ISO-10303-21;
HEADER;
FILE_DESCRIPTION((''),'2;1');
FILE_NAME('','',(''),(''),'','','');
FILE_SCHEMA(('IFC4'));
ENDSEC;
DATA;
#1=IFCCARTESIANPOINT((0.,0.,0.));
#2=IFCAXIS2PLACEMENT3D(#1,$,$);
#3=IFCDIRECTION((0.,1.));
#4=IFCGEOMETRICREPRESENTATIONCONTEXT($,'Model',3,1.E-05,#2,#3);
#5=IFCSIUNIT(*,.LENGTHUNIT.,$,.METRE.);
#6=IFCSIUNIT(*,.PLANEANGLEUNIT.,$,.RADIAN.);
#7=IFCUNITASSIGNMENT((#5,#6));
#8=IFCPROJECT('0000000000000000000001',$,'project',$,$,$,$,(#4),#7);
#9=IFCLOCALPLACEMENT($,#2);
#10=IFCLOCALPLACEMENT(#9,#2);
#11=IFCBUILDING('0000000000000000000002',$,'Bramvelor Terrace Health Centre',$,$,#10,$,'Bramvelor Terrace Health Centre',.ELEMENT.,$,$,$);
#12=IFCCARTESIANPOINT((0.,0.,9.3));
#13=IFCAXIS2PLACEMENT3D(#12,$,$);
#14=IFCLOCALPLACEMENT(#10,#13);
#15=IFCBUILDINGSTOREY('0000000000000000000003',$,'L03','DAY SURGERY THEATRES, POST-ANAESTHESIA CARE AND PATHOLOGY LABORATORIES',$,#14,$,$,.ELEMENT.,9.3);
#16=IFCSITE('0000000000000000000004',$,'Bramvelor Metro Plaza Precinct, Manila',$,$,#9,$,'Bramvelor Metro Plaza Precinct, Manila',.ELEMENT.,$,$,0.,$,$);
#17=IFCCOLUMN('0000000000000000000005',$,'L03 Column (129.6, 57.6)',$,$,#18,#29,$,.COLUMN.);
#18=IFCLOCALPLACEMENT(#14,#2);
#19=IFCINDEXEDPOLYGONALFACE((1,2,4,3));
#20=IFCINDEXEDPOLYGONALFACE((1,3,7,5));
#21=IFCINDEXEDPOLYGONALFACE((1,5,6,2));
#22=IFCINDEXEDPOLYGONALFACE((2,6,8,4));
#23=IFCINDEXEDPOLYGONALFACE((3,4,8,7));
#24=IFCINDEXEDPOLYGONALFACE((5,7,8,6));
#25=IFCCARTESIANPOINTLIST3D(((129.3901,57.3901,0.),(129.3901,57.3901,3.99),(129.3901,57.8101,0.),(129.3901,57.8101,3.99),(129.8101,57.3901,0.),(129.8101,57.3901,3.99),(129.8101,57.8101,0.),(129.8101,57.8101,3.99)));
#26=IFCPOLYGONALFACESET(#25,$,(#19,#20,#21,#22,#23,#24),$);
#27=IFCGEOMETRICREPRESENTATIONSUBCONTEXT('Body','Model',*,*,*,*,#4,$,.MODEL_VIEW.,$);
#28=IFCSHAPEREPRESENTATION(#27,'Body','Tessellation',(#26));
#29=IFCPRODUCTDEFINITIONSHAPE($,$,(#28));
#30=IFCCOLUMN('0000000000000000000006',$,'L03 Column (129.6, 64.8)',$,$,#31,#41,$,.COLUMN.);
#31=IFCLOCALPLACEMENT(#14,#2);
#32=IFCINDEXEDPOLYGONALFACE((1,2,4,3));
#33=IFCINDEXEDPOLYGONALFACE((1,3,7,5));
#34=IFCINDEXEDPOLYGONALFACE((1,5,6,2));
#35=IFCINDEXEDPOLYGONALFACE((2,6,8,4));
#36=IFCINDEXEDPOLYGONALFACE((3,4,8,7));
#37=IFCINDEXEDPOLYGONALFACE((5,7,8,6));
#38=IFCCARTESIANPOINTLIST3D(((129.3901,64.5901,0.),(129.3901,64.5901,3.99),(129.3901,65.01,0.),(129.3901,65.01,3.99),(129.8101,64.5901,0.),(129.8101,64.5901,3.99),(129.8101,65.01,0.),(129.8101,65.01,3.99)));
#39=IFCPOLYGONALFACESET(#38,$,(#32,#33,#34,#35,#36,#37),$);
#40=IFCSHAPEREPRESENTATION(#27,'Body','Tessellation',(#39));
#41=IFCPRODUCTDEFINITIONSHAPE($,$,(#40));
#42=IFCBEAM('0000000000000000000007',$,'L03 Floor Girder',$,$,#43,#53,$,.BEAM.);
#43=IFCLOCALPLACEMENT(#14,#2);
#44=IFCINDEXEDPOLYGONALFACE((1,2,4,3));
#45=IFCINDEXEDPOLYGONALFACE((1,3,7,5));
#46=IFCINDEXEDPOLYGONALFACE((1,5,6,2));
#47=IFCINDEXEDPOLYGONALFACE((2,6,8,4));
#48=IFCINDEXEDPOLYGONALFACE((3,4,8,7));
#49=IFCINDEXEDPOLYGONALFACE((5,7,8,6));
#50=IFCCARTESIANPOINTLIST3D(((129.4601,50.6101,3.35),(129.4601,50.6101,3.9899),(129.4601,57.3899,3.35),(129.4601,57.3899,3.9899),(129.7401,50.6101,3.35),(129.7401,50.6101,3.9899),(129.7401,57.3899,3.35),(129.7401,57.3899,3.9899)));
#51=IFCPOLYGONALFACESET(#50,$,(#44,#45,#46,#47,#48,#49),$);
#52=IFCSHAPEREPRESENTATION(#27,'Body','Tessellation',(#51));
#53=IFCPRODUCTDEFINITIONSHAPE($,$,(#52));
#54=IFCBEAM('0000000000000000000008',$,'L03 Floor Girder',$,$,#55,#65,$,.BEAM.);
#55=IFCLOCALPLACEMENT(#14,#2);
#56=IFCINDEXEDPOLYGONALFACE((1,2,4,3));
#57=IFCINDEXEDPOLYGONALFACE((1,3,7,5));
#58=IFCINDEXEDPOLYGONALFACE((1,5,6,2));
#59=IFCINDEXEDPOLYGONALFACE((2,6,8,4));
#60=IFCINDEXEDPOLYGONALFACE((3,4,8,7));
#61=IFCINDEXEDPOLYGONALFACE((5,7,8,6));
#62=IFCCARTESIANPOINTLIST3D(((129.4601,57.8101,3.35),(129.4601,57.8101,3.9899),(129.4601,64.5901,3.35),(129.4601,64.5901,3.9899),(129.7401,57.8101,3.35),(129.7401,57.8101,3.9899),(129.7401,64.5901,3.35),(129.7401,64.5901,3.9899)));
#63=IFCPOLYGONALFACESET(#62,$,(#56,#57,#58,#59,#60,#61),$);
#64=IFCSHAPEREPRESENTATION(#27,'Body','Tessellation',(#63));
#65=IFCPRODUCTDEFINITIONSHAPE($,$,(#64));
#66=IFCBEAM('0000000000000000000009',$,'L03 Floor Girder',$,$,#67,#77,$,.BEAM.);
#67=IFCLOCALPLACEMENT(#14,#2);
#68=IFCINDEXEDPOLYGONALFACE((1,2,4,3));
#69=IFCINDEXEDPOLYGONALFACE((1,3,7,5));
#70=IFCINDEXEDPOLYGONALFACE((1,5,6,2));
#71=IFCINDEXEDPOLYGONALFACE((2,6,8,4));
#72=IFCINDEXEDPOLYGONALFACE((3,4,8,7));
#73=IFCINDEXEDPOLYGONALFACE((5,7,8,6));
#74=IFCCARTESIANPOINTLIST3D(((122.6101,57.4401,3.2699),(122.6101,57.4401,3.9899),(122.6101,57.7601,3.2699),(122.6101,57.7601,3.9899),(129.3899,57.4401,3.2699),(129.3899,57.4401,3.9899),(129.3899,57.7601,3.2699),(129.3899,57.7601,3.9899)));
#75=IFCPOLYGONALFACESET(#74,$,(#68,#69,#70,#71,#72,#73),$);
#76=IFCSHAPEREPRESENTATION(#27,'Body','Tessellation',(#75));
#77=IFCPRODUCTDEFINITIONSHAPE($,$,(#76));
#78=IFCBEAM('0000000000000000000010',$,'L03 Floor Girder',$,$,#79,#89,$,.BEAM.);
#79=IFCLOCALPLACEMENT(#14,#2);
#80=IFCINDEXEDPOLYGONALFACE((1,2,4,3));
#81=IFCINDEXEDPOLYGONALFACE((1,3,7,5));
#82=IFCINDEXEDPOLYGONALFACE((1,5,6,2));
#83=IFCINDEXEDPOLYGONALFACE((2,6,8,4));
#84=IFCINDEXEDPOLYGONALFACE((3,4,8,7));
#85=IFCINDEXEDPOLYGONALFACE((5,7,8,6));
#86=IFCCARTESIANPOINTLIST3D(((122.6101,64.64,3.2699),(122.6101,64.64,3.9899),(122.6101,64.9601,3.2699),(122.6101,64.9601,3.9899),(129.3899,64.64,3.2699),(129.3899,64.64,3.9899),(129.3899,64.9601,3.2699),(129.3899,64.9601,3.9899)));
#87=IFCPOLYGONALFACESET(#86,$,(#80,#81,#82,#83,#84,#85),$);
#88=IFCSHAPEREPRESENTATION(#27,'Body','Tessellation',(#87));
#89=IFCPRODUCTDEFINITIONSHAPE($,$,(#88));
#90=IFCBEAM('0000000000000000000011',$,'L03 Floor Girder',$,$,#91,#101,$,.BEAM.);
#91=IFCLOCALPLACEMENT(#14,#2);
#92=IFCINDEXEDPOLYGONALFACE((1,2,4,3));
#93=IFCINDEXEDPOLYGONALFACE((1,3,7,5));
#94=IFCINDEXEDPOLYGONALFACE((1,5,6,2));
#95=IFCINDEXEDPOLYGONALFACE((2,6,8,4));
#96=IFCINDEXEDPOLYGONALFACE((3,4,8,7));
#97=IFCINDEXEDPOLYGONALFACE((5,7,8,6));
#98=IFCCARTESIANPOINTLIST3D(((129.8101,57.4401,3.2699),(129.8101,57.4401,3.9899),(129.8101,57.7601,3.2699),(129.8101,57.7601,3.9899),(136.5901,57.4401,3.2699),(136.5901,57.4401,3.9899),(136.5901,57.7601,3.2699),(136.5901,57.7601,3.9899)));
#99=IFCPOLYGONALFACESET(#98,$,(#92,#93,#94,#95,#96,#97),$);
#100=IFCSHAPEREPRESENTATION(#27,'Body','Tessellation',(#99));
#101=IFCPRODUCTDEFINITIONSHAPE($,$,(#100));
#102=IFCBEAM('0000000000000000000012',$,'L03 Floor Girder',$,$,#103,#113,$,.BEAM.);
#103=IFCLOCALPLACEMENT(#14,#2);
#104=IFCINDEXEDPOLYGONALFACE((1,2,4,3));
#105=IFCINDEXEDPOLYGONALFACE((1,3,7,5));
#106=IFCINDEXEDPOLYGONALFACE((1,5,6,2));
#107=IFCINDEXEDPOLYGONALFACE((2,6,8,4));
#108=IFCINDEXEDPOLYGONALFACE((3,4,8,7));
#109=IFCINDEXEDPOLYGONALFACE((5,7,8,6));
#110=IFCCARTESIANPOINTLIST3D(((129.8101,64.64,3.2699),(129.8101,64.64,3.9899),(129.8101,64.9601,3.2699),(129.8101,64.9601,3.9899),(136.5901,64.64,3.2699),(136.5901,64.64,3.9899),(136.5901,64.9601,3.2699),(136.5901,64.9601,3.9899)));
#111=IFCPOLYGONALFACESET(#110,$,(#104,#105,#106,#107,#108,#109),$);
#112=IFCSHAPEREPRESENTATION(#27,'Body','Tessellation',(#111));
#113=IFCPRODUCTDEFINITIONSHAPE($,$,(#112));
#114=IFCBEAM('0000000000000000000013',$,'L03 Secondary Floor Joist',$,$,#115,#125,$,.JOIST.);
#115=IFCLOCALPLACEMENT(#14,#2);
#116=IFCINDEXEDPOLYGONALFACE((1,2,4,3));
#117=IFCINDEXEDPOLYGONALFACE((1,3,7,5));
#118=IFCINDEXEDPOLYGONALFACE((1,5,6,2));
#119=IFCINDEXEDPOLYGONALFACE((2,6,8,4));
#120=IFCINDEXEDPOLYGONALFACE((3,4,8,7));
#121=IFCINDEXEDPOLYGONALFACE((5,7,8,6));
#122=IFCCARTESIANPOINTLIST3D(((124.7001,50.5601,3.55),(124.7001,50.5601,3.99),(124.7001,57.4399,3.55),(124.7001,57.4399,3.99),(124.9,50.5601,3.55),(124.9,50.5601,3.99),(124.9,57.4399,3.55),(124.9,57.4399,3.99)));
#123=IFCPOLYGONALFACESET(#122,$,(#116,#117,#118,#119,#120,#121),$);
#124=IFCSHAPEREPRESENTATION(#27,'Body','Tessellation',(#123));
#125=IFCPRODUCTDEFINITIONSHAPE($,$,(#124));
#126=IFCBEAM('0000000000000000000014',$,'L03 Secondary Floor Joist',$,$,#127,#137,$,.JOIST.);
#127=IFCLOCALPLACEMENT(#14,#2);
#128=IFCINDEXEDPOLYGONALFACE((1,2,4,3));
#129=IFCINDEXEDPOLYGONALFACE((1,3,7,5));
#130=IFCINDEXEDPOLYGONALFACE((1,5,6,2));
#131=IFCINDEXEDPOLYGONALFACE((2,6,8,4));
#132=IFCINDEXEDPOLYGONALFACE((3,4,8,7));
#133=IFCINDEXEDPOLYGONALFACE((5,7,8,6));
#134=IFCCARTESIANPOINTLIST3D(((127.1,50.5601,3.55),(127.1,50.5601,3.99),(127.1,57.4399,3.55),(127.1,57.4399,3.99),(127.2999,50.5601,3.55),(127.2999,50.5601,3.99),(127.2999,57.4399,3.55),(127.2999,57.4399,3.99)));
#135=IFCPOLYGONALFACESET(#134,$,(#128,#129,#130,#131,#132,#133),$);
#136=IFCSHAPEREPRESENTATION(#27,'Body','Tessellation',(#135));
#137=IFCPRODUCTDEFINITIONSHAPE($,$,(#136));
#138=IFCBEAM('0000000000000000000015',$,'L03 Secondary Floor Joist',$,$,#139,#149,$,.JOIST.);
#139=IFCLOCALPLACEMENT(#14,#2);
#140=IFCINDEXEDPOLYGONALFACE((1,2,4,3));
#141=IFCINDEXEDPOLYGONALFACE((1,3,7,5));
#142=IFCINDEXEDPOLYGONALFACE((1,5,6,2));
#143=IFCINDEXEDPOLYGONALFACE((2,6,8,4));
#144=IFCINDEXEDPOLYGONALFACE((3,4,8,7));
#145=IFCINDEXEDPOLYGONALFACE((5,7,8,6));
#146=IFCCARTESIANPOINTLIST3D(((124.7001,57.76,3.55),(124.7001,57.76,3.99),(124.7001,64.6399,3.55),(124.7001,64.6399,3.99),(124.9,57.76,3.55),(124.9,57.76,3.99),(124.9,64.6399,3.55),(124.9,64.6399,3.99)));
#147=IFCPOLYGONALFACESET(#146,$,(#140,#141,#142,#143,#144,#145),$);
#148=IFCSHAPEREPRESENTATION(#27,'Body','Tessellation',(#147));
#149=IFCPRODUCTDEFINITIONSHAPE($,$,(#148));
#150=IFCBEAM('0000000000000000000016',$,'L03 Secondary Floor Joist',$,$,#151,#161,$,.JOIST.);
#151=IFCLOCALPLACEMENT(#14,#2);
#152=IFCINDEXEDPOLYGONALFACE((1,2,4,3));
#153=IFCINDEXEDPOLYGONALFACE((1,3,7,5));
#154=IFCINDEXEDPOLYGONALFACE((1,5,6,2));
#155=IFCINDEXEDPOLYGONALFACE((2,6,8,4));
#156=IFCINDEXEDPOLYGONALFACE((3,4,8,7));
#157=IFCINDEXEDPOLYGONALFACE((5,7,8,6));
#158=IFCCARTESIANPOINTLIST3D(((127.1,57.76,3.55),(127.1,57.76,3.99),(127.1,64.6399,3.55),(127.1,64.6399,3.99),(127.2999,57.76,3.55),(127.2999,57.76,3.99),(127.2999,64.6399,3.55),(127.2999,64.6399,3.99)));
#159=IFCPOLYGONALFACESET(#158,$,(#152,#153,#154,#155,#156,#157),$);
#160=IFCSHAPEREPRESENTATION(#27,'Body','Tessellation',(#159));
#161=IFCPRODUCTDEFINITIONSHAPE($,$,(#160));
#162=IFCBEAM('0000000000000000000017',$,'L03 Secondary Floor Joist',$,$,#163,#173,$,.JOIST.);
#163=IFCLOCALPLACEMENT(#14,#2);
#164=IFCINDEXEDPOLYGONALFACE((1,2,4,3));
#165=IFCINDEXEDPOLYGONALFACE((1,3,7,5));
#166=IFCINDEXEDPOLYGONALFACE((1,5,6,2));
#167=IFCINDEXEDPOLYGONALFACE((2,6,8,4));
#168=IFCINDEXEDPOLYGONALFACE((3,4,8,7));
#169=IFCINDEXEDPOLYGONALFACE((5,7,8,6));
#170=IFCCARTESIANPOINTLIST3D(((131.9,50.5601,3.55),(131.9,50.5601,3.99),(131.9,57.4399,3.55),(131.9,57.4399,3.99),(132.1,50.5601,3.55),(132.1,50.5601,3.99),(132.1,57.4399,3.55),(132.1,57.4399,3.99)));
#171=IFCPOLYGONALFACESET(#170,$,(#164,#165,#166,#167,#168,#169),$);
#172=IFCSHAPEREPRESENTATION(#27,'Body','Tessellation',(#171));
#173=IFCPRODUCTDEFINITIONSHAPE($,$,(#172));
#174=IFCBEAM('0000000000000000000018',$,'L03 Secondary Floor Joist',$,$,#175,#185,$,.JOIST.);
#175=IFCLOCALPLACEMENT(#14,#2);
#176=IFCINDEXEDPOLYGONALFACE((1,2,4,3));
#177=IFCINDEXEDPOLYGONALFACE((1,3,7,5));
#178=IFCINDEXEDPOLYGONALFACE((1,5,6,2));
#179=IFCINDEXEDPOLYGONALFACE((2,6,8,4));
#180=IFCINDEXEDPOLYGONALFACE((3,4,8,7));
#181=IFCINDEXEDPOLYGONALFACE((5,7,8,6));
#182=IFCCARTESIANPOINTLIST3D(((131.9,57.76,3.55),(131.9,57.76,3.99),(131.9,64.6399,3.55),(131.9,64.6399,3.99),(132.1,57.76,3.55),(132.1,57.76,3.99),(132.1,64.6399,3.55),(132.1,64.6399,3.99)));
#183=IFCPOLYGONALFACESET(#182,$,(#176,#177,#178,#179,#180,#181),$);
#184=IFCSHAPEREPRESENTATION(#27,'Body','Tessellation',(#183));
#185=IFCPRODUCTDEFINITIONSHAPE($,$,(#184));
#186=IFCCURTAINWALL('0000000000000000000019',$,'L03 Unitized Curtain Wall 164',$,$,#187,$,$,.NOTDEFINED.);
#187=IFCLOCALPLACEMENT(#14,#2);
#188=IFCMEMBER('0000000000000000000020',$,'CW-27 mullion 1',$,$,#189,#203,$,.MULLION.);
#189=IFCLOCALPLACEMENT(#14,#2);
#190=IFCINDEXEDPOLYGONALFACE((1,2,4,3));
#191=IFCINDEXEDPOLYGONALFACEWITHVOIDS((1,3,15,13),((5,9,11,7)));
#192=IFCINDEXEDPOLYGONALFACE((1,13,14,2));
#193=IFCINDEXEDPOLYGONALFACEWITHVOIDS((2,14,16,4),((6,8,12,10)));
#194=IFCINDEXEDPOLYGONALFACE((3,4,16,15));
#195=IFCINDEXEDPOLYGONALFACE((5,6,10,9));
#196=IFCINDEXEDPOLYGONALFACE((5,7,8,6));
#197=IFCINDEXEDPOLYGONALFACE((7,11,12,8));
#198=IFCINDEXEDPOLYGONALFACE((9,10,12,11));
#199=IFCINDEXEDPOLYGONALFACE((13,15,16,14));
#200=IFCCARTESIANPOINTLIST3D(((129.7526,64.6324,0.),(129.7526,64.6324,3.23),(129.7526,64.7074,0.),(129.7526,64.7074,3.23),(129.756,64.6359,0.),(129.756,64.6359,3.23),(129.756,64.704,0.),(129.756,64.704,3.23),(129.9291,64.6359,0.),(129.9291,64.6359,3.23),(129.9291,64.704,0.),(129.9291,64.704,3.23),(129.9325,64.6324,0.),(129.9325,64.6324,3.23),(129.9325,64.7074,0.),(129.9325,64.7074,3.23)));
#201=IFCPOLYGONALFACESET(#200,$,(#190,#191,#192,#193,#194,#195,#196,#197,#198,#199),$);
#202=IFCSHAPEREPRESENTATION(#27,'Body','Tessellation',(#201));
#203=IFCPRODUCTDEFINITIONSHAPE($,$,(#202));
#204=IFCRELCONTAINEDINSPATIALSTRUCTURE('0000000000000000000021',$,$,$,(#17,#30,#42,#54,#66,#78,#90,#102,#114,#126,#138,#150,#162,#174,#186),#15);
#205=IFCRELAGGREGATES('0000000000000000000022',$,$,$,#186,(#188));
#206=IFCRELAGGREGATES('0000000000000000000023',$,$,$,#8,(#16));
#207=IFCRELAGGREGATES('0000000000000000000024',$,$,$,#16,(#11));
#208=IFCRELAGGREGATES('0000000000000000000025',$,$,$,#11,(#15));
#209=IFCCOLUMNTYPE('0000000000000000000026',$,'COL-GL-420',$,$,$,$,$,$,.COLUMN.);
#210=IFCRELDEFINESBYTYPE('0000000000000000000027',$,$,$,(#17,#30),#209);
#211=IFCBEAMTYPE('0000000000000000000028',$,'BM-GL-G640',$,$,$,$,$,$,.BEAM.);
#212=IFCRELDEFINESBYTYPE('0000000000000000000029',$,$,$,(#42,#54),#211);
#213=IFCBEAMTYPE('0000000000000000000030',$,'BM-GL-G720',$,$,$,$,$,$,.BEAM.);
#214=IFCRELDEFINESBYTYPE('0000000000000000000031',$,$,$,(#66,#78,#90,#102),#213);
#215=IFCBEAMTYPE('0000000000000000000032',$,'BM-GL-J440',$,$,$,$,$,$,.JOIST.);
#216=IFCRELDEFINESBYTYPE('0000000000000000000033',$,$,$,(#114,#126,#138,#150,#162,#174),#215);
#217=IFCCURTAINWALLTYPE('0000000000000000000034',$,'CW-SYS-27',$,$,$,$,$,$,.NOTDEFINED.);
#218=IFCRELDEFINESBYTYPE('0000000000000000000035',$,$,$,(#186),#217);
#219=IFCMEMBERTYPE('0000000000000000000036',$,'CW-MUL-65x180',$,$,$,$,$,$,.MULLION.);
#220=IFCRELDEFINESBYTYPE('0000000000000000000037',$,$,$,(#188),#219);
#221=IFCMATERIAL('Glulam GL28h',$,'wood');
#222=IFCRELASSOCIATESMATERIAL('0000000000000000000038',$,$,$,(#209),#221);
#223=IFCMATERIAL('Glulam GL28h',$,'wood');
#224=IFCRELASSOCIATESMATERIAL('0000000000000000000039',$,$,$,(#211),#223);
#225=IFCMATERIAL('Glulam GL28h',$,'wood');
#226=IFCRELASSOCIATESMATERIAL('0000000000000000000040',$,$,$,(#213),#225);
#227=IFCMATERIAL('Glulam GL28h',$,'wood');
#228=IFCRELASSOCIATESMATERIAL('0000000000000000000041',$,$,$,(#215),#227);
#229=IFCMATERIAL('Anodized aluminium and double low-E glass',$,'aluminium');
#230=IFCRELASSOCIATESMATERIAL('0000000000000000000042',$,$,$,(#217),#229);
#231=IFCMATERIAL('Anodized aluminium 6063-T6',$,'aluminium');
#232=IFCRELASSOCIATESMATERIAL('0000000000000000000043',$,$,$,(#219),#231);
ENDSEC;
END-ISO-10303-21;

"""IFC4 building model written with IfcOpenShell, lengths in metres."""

from ifc_helpers import new_model, si_unit, direction, frame, origin, origin_2d, place, context, subcontext, project, spatial, rectangle, hollow_rectangle, extrude, material, material_profile, profile_set, type_object, element, aggregate, save


model = new_model("IFC4")

# Units and contexts
model_context = context("Model", 3, precision=1e-05, world=origin(), true_north=direction((0.0, 1.0)))
body_context = subcontext(model_context, "Body", "Model", "MODEL_VIEW")
ifc_project = project(units=[si_unit("LENGTHUNIT", "METRE"), si_unit("PLANEANGLEUNIT", "RADIAN")], contexts=[model_context])

# Site, building, storey
site_placement = place(None, origin())
site = spatial("IfcSite", under=ifc_project, at=site_placement, Name="Bramvelor Metro Plaza Precinct, Manila", LongName="Bramvelor Metro Plaza Precinct, Manila", CompositionType="ELEMENT", RefElevation=0.0)
building_placement = place(site_placement, origin())
building = spatial("IfcBuilding", under=site, at=building_placement, Name="Bramvelor Terrace Health Centre", LongName="Bramvelor Terrace Health Centre", CompositionType="ELEMENT")
storey_placement = place(building_placement, frame((0.0, 0.0, 9.3)))
storey = spatial("IfcBuildingStorey", under=building, at=storey_placement, Name="L03", Description="DAY SURGERY THEATRES, POST-ANAESTHESIA CARE AND PATHOLOGY LABORATORIES", CompositionType="ELEMENT", Elevation=9.3)

# Columns
ifc_material_1 = material(Name="Glulam GL28h", Category="wood")
ifc_material_profile_1 = material_profile(ifc_material_1, rectangle(XDim=0.4199, YDim=0.4199, at=origin_2d()), Name="GL 420x420")
ifc_profile_set_1 = profile_set([ifc_material_profile_1], Name="Glulam GL28h")
column_type = type_object("IfcColumnType", Name="COL-GL-420", PredefinedType="COLUMN", material=ifc_profile_set_1)
for number, where, z_axis, x_axis, name in (
    (1, (129.6001, 57.6001, 0.0), (0.0, 0.0, 1.0), (1.0, 0.0, 0.0), "L03 Column (129.6, 57.6)"),
    (2, (129.6001, 64.8, 0.0), (0.0, 0.0, 1.0), (1.0, 0.0, 0.0), "L03 Column (129.6, 64.8)"),
):
    element("IfcColumn", number, at=place(storey_placement, frame(where, z_axis=z_axis, x_axis=x_axis)), inside=storey, type_object=column_type, Name=name, PredefinedType="COLUMN", context=body_context, shape_type="SweptSolid", body=[
        extrude(rectangle(XDim=0.4199, YDim=0.4199, at=origin_2d()), origin(), (0.0, 0.0, 1.0), 3.99),
    ])

# Beams
ifc_material_2 = material(Name="Glulam GL28h", Category="wood")
ifc_material_profile_2 = material_profile(ifc_material_2, rectangle(XDim=0.28, YDim=0.6399, at=origin_2d()), Name="GL 280x640")
ifc_profile_set_2 = profile_set([ifc_material_profile_2], Name="Glulam GL28h")
beam_type_1 = type_object("IfcBeamType", Name="BM-GL-G640", PredefinedType="BEAM", material=ifc_profile_set_2)
beam_1_placement = place(storey_placement, frame((129.6001, 50.6101, 3.6699), z_axis=(0.0, 1.0, 0.0), x_axis=(-1.0, 0.0, 0.0)))
element("IfcBeam", 3, at=beam_1_placement, inside=storey, type_object=beam_type_1, Name="L03 Floor Girder", PredefinedType="BEAM", context=body_context, shape_type="SweptSolid", body=[
    extrude(rectangle(XDim=0.28, YDim=0.6399, at=origin_2d()), origin(), (0.0, 0.0, 1.0), 6.7798),
])
beam_2_placement = place(storey_placement, frame((129.6001, 57.8101, 3.6699), z_axis=(0.0, 1.0, 0.0), x_axis=(-1.0, 0.0, 0.0)))
element("IfcBeam", 4, at=beam_2_placement, inside=storey, type_object=beam_type_1, Name="L03 Floor Girder", PredefinedType="BEAM", context=body_context, shape_type="SweptSolid", body=[
    extrude(rectangle(XDim=0.28, YDim=0.6399, at=origin_2d()), origin(), (0.0, 0.0, 1.0), 6.78),
])
ifc_material_3 = material(Name="Glulam GL28h", Category="wood")
ifc_material_profile_3 = material_profile(ifc_material_3, rectangle(XDim=0.3201, YDim=0.72, at=origin_2d()), Name="GL 320x720")
ifc_profile_set_3 = profile_set([ifc_material_profile_3], Name="Glulam GL28h")
beam_type_2 = type_object("IfcBeamType", Name="BM-GL-G720", PredefinedType="BEAM", material=ifc_profile_set_3)
for number, where, z_axis, x_axis, name in (
    (5, (122.6101, 57.6001, 3.6299), (1.0, 0.0, 0.0), (0.0, 1.0, 0.0), "L03 Floor Girder"),
    (6, (122.6101, 64.8, 3.6299), (1.0, 0.0, 0.0), (0.0, 1.0, 0.0), "L03 Floor Girder"),
):
    element("IfcBeam", number, at=place(storey_placement, frame(where, z_axis=z_axis, x_axis=x_axis)), inside=storey, type_object=beam_type_2, Name=name, PredefinedType="BEAM", context=body_context, shape_type="SweptSolid", body=[
        extrude(rectangle(XDim=0.3201, YDim=0.72, at=origin_2d()), origin(), (0.0, 0.0, 1.0), 6.7798),
    ])
for number, where, z_axis, x_axis, name in (
    (7, (129.8101, 57.6001, 3.6299), (1.0, 0.0, 0.0), (0.0, 1.0, 0.0), "L03 Floor Girder"),
    (8, (129.8101, 64.8, 3.6299), (1.0, 0.0, 0.0), (0.0, 1.0, 0.0), "L03 Floor Girder"),
):
    element("IfcBeam", number, at=place(storey_placement, frame(where, z_axis=z_axis, x_axis=x_axis)), inside=storey, type_object=beam_type_2, Name=name, PredefinedType="BEAM", context=body_context, shape_type="SweptSolid", body=[
        extrude(rectangle(XDim=0.3201, YDim=0.72, at=origin_2d()), origin(), (0.0, 0.0, 1.0), 6.78),
    ])
ifc_material_4 = material(Name="Glulam GL28h", Category="wood")
ifc_material_profile_4 = material_profile(ifc_material_4, rectangle(XDim=0.2, YDim=0.4399, at=origin_2d()), Name="GL 200x440")
ifc_profile_set_4 = profile_set([ifc_material_profile_4], Name="Glulam GL28h")
beam_type_3 = type_object("IfcBeamType", Name="BM-GL-J440", PredefinedType="JOIST", material=ifc_profile_set_4)
for number, where, z_axis, x_axis, name in (
    (9, (124.8, 50.5601, 3.77), (0.0, 1.0, 0.0), (-1.0, 0.0, 0.0), "L03 Secondary Floor Joist"),
    (10, (127.2, 50.5601, 3.77), (0.0, 1.0, 0.0), (-1.0, 0.0, 0.0), "L03 Secondary Floor Joist"),
    (11, (124.8, 57.76, 3.77), (0.0, 1.0, 0.0), (-1.0, 0.0, 0.0), "L03 Secondary Floor Joist"),
    (12, (127.2, 57.76, 3.77), (0.0, 1.0, 0.0), (-1.0, 0.0, 0.0), "L03 Secondary Floor Joist"),
    (13, (132.0, 50.5601, 3.77), (0.0, 1.0, 0.0), (-1.0, 0.0, 0.0), "L03 Secondary Floor Joist"),
    (14, (132.0, 57.76, 3.77), (0.0, 1.0, 0.0), (-1.0, 0.0, 0.0), "L03 Secondary Floor Joist"),
):
    element("IfcBeam", number, at=place(storey_placement, frame(where, z_axis=z_axis, x_axis=x_axis)), inside=storey, type_object=beam_type_3, Name=name, PredefinedType="JOIST", context=body_context, shape_type="SweptSolid", body=[
        extrude(rectangle(XDim=0.2, YDim=0.4399, at=origin_2d()), origin(), (0.0, 0.0, 1.0), 6.8799),
    ])

# Curtain wall, member
ifc_material_5 = material(Name="Anodized aluminium and double low-E glass", Category="aluminium")
curtain_wall_type = type_object("IfcCurtainWallType", Name="CW-SYS-27", PredefinedType="NOTDEFINED", material=ifc_material_5)
curtain_wall_placement = place(storey_placement, origin())
curtain_wall = element("IfcCurtainWall", 15, at=curtain_wall_placement, inside=storey, type_object=curtain_wall_type, Name="L03 Unitized Curtain Wall 164", PredefinedType="NOTDEFINED")
ifc_material_6 = material(Name="Anodized aluminium 6063-T6", Category="aluminium")
ifc_material_profile_5 = material_profile(ifc_material_6, hollow_rectangle(XDim=0.075, YDim=0.1799, WallThickness=0.0034, at=origin_2d()), Name="ALU-MUL 75x180x3.5")
ifc_profile_set_5 = profile_set([ifc_material_profile_5], Name="Anodized aluminium 6063-T6")
member_type_1 = type_object("IfcMemberType", Name="CW-MUL-65x180", PredefinedType="MULLION", material=ifc_profile_set_5)
member_1_placement = place(storey_placement, frame((129.8425, 64.6699, 0.0), z_axis=(0.0, 0.0, 1.0), x_axis=(0.0, 1.0, 0.0)))
member_1 = element("IfcMember", 16, at=member_1_placement, type_object=member_type_1, Name="CW-27 mullion 1", PredefinedType="MULLION", context=body_context, shape_type="SweptSolid", body=[
    extrude(hollow_rectangle(XDim=0.075, YDim=0.1799, WallThickness=0.0034, at=origin_2d()), origin(), (0.0, 0.0, 1.0), 3.23),
])
aggregate(curtain_wall, [member_1])

save(model, "model.ifc")
